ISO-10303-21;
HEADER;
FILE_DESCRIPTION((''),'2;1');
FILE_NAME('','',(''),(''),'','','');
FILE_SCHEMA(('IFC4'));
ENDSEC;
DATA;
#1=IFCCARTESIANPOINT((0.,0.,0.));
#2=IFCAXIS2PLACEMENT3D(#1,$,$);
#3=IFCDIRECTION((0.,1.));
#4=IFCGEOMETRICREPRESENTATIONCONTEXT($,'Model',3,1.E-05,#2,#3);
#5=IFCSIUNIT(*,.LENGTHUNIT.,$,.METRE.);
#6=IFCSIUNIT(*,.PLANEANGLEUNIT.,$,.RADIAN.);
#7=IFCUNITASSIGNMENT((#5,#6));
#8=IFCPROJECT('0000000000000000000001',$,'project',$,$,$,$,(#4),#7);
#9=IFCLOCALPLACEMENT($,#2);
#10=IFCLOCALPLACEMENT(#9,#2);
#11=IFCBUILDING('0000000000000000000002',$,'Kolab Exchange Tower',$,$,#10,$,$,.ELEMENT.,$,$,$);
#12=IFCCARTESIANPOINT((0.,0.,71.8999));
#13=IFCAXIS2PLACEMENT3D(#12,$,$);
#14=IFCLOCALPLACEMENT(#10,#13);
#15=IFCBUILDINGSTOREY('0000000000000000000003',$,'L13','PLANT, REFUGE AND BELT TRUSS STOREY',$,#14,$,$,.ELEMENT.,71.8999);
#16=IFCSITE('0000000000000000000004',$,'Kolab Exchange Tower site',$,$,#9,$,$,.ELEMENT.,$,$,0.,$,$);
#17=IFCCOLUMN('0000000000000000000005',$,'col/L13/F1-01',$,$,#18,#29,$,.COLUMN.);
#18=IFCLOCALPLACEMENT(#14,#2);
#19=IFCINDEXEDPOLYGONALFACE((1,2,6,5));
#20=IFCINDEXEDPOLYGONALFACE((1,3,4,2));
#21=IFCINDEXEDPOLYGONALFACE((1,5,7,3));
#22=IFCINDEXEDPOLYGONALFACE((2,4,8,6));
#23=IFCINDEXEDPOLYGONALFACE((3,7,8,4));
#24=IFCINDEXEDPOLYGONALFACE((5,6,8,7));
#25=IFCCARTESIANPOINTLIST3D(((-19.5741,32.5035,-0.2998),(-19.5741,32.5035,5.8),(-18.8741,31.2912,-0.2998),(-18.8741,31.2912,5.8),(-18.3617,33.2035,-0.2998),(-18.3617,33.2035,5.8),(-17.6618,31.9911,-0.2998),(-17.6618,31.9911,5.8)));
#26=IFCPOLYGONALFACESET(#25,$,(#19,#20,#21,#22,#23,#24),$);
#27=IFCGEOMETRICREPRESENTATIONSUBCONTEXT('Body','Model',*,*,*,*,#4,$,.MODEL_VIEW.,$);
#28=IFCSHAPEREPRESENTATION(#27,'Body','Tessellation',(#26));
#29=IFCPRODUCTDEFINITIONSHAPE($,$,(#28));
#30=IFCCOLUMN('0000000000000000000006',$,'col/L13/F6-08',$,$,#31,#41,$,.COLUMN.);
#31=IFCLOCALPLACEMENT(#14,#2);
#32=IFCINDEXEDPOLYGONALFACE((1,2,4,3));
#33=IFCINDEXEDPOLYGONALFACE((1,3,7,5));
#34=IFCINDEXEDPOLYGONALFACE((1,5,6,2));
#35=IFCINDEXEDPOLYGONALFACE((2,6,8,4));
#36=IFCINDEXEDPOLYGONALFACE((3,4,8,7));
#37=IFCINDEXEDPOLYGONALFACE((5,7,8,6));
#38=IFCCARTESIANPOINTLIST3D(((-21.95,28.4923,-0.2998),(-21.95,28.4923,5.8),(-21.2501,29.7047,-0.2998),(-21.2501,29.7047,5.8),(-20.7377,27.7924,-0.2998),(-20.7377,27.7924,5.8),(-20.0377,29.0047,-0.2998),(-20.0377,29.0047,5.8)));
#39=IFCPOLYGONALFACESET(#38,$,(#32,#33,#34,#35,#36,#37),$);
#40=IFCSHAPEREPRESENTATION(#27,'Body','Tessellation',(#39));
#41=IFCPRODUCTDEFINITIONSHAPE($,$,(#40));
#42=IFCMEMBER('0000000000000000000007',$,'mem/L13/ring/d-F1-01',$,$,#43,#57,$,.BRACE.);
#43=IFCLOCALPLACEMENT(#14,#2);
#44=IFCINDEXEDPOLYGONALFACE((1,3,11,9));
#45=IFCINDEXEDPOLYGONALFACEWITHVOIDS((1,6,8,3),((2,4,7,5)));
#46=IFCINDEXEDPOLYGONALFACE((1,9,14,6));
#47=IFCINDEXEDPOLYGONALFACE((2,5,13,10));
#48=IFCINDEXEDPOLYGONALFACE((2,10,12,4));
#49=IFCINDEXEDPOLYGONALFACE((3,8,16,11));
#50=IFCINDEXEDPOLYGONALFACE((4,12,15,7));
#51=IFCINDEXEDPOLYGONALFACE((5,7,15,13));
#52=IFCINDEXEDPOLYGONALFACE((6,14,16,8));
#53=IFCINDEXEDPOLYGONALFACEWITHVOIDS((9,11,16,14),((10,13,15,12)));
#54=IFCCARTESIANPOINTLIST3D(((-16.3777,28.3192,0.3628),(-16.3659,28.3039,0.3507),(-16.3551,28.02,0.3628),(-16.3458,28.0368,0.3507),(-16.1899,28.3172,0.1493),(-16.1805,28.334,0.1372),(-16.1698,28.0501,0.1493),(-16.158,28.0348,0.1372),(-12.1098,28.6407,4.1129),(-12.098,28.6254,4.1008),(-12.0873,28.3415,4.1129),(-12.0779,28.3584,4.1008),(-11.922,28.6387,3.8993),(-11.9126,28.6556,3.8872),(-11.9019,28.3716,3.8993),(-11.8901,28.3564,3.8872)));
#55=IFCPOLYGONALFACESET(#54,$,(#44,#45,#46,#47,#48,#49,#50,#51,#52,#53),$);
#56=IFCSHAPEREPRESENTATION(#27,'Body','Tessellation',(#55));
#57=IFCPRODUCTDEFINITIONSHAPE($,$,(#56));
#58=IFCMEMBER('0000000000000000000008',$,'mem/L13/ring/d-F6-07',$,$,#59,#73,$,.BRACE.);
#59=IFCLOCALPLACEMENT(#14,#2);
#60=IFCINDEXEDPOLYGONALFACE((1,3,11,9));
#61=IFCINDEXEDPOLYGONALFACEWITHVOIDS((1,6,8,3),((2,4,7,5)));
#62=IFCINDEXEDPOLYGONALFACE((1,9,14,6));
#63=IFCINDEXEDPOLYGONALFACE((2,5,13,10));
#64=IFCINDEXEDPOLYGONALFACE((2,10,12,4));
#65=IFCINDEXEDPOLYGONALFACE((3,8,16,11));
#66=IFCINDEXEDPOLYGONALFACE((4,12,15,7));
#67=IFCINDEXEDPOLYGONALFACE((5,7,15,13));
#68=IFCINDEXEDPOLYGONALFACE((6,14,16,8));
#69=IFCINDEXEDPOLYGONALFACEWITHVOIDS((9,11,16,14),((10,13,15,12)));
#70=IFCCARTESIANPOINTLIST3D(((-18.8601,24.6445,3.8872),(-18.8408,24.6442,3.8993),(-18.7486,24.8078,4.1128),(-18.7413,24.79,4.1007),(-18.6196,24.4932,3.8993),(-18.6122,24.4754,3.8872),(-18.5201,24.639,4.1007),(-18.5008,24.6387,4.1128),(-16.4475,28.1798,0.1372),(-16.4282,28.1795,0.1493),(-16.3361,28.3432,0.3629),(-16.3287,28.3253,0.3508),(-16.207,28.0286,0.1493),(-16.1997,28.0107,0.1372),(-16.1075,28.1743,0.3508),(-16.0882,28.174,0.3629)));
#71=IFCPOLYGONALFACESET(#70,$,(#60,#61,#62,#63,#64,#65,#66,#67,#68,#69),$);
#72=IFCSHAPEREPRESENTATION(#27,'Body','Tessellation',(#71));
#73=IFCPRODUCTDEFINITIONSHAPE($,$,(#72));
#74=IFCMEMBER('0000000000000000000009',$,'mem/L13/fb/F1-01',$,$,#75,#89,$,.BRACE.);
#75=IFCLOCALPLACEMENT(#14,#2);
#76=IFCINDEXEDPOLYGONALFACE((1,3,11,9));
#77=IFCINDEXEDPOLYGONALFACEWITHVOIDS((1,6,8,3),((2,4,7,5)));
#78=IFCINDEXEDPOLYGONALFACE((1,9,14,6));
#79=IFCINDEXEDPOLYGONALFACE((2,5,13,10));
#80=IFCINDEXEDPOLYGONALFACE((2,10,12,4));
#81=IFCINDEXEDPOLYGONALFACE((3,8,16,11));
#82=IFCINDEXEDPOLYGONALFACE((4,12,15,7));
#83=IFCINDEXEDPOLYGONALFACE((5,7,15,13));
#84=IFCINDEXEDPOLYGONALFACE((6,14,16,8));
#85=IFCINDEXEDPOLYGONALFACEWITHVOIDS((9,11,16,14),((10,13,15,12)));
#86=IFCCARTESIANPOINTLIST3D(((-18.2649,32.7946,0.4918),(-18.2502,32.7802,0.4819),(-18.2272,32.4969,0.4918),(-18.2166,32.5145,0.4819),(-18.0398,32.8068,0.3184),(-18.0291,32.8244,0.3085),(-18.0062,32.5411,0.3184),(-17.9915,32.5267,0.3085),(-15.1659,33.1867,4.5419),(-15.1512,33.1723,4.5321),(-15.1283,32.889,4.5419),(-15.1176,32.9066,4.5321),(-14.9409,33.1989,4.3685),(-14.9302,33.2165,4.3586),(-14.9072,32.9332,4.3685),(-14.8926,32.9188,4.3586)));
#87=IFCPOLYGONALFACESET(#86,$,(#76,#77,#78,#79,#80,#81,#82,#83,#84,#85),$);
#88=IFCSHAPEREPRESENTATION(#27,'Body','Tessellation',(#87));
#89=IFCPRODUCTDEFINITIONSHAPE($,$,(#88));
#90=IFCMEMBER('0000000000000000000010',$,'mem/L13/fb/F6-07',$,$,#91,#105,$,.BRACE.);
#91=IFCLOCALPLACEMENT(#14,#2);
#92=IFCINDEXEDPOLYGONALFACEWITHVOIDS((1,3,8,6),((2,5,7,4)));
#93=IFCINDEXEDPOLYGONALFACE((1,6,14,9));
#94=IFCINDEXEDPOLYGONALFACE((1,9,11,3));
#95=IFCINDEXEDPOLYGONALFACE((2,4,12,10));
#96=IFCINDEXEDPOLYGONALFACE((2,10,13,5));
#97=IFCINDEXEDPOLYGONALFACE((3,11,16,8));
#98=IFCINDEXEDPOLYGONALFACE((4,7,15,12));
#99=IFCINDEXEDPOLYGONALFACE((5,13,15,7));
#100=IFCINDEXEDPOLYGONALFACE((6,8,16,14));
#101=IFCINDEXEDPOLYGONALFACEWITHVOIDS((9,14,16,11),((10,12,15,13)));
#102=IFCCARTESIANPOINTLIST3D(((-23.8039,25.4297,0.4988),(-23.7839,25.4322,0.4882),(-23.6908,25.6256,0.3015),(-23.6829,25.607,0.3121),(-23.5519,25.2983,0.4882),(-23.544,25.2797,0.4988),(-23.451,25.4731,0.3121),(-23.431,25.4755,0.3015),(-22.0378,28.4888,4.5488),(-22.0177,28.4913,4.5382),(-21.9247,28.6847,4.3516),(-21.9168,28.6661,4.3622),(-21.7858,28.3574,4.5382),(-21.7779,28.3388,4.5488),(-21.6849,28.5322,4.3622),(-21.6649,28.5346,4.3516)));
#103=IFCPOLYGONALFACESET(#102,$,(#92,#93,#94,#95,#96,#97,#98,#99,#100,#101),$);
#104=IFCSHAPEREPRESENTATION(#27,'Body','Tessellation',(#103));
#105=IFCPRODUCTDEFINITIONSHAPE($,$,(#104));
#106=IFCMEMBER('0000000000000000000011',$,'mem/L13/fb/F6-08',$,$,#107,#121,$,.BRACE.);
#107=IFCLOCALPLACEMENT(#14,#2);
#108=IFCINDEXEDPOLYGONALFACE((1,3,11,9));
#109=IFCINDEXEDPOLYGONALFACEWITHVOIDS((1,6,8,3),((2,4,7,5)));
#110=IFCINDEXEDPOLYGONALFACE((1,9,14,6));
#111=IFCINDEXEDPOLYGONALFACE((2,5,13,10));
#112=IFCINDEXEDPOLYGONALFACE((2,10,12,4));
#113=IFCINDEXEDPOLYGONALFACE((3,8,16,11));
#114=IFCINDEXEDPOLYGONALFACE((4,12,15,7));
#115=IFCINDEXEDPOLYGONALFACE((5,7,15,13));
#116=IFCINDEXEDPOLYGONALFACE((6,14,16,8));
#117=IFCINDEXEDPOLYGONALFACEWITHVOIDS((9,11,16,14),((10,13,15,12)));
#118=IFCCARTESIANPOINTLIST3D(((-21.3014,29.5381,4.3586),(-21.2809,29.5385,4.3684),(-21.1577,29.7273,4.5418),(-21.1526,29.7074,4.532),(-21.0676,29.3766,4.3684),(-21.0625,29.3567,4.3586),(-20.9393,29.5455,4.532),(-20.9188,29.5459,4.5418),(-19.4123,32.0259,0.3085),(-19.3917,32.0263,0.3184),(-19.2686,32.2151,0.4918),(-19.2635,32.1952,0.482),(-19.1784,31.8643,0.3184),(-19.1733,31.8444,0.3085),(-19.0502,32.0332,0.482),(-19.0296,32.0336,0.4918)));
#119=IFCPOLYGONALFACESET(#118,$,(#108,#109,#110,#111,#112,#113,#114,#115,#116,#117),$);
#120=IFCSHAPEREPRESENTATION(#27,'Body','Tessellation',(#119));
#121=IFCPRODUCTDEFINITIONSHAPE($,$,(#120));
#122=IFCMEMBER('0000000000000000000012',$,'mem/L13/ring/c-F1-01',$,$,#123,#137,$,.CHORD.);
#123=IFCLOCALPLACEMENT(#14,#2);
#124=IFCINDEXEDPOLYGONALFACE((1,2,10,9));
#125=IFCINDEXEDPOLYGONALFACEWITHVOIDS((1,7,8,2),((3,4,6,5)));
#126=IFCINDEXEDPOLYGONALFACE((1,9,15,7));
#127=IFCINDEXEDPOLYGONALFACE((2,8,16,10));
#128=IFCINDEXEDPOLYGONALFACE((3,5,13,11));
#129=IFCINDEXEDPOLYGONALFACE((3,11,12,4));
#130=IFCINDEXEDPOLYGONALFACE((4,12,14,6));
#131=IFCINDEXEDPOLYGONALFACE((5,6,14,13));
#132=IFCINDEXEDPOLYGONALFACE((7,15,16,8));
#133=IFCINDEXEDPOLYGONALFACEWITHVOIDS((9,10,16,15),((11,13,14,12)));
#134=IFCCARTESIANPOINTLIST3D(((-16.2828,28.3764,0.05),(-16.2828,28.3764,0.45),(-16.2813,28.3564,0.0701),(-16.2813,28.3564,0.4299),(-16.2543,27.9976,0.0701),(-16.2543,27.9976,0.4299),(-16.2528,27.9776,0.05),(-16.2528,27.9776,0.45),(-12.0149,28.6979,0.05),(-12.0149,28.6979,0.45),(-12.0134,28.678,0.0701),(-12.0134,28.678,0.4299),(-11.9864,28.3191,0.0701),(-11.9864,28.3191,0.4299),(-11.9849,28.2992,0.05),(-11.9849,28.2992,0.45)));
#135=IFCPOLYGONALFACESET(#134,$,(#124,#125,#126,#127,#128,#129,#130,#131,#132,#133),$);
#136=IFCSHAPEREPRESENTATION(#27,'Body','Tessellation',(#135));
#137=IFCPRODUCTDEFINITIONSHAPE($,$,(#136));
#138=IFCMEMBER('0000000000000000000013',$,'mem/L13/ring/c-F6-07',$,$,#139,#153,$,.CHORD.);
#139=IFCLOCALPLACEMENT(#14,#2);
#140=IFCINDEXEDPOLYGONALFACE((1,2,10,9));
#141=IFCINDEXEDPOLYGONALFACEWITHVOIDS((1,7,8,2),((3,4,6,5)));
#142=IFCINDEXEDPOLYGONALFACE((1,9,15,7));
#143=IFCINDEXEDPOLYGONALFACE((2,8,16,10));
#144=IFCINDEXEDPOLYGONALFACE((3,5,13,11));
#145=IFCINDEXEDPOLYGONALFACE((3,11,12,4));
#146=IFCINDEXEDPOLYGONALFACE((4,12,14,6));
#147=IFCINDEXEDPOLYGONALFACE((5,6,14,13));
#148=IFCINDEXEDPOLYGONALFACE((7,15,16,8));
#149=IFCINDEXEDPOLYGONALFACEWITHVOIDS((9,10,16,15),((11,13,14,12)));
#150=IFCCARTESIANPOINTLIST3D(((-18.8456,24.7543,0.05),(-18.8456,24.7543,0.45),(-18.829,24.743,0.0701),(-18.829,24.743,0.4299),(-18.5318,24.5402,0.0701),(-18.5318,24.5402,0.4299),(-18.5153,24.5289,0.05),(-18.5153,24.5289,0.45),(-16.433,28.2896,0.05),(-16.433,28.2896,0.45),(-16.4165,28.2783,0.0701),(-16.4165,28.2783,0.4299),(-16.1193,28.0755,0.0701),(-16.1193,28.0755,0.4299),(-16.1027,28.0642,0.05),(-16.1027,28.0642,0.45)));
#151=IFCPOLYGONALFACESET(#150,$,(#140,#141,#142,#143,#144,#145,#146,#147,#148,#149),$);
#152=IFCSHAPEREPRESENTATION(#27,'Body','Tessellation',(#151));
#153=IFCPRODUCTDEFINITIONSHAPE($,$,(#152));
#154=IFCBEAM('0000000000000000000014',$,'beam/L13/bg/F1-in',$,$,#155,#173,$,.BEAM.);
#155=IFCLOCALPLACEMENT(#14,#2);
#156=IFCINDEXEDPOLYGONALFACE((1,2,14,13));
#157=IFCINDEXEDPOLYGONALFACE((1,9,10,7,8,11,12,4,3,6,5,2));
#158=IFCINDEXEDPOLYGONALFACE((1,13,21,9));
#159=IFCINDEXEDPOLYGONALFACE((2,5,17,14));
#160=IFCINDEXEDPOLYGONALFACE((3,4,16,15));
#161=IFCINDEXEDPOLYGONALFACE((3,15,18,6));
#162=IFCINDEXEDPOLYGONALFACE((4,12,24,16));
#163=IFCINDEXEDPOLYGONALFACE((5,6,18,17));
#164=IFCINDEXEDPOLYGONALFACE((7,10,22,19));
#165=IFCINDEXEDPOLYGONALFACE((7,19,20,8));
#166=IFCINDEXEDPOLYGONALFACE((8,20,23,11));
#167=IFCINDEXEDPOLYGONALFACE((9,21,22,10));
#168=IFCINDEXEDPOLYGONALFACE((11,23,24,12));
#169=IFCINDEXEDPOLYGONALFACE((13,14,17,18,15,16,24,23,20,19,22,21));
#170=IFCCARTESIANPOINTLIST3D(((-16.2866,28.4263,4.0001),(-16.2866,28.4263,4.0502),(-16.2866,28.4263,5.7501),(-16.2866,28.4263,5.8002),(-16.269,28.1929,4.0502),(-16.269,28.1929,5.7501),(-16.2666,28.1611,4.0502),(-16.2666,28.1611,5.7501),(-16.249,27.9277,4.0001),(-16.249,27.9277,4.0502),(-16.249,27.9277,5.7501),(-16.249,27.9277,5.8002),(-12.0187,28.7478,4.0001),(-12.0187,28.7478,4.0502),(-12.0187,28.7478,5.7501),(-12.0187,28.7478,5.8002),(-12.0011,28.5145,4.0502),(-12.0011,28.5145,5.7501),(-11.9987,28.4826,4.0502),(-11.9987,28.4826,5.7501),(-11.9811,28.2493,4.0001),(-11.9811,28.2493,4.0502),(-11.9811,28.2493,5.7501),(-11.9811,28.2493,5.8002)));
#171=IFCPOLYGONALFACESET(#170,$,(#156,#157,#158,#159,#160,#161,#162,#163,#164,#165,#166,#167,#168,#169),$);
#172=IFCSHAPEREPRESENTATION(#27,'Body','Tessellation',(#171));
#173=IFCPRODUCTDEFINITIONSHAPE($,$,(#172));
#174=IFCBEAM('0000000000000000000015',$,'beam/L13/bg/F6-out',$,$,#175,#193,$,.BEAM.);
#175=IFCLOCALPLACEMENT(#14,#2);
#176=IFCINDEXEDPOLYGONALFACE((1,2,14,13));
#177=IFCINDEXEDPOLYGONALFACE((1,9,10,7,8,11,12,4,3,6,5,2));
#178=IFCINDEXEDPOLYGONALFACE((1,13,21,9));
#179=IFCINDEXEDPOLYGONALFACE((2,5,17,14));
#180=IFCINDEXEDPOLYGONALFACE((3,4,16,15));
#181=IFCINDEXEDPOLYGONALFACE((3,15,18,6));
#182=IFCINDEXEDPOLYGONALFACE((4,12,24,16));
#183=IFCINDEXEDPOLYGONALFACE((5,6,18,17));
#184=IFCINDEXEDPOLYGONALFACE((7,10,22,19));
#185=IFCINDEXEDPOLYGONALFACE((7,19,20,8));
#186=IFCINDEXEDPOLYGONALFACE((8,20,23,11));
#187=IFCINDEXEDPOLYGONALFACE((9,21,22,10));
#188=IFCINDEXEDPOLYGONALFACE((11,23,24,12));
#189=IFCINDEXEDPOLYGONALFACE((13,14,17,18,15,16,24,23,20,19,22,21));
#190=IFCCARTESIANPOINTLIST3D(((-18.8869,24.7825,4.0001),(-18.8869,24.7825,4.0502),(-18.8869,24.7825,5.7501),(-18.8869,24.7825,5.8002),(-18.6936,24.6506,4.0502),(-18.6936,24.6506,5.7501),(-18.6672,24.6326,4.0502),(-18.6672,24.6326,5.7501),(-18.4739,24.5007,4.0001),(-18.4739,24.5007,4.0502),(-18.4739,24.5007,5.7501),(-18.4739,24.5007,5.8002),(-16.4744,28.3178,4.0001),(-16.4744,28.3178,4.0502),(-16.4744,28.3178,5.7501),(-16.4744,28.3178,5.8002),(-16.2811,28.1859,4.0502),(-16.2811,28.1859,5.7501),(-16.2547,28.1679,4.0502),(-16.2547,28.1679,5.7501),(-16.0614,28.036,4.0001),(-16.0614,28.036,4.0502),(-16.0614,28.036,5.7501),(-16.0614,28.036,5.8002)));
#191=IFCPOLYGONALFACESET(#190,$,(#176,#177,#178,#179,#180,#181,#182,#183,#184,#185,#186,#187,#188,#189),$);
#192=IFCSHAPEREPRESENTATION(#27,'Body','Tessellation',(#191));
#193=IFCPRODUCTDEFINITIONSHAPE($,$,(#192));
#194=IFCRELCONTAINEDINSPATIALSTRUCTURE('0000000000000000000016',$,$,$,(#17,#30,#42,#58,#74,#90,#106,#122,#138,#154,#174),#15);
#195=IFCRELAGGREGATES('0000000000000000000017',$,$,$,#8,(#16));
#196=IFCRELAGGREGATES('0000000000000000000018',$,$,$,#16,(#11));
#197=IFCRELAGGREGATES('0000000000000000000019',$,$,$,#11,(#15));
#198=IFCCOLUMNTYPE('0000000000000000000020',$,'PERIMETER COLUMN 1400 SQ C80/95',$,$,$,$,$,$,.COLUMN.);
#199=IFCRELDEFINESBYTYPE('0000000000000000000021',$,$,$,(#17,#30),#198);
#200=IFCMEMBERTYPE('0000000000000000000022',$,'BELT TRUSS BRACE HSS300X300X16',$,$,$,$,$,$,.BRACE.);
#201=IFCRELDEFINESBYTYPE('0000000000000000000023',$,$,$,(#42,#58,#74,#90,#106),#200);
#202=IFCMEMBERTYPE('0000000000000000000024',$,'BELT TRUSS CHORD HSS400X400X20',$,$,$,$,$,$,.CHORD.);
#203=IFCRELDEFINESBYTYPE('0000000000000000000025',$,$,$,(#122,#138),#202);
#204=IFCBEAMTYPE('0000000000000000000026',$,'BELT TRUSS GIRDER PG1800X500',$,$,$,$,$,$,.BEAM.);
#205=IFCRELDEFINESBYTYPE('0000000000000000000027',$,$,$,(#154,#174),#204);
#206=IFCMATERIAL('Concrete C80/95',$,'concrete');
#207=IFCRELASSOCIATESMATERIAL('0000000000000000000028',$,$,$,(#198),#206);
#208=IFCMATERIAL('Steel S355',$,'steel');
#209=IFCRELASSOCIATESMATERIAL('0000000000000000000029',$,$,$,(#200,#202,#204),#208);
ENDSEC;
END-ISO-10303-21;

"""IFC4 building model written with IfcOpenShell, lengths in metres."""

from ifc_helpers import new_model, si_unit, direction, frame, origin, origin_2d, place, context, subcontext, project, spatial, rectangle, hollow_rectangle, i_section, extrude, material, material_profile, profile_set, type_object, element, save


model = new_model("IFC4")

# Units and contexts
model_context = context("Model", 3, precision=1e-05, world=origin(), true_north=direction((0.0, 1.0)))
body_context = subcontext(model_context, "Body", "Model", "MODEL_VIEW")
ifc_project = project(units=[si_unit("LENGTHUNIT", "METRE"), si_unit("PLANEANGLEUNIT", "RADIAN")], contexts=[model_context])

# Site, building, storey
site_placement = place(None, origin())
site = spatial("IfcSite", under=ifc_project, at=site_placement, Name="Kolab Exchange Tower site", CompositionType="ELEMENT", RefElevation=0.0)
building_placement = place(site_placement, origin())
building = spatial("IfcBuilding", under=site, at=building_placement, Name="Kolab Exchange Tower", CompositionType="ELEMENT")
storey_placement = place(building_placement, frame((0.0, 0.0, 71.8999)))
storey = spatial("IfcBuildingStorey", under=building, at=storey_placement, Name="L13", Description="PLANT, REFUGE AND BELT TRUSS STOREY", CompositionType="ELEMENT", Elevation=71.8999)

# Columns
ifc_material_1 = material(Name="Concrete C80/95", Category="concrete")
ifc_material_profile_1 = material_profile(ifc_material_1, rectangle(XDim=1.3999, YDim=1.3999, at=origin_2d()), Name="RC1400")
ifc_profile_set_1 = profile_set([ifc_material_profile_1], Name="Concrete C80/95")
column_type = type_object("IfcColumnType", Name="PERIMETER COLUMN 1400 SQ C80/95", PredefinedType="COLUMN", material=ifc_profile_set_1)
for number, where, z_axis, x_axis, name in (
    (1, (-18.6179, 32.2473, -0.2998), (0.0, 0.0, 1.0), (0.866025, 0.5, 0.0), "col/L13/F1-01"),
    (2, (-20.9939, 28.7485, -0.2998), (0.0, 0.0, 1.0), (0.5, 0.866025, 0.0), "col/L13/F6-08"),
):
    element("IfcColumn", number, at=place(storey_placement, frame(where, z_axis=z_axis, x_axis=x_axis)), inside=storey, type_object=column_type, Name=name, PredefinedType="COLUMN", context=body_context, shape_type="SweptSolid", body=[
        extrude(rectangle(XDim=1.3999, YDim=1.3999, at=origin_2d()), origin(), (0.0, 0.0, 1.0), 6.0999),
    ])

# Members
ifc_material_2 = material(Name="Steel S355", Category="steel")
ifc_material_profile_2 = material_profile(ifc_material_2, hollow_rectangle(XDim=0.3, YDim=0.3, WallThickness=0.0161, at=origin_2d()), Name="HSS300X300X16")
ifc_profile_set_2 = profile_set([ifc_material_profile_2], Name="Steel S355")
member_type_1 = type_object("IfcMemberType", Name="BELT TRUSS BRACE HSS300X300X16", PredefinedType="BRACE", material=ifc_profile_set_2)
for number, where, z_axis, x_axis, name in (
    (3, (-16.2678, 28.177, 0.25), (0.750009, 0.056505, 0.659009), (-0.075126, 0.997174, 0.0), "mem/L13/ring/d-F1-01"),
    (4, (-18.6804, 24.6416, 4.0), (0.423967, 0.621277, -0.658989), (-0.825999, 0.563671, 0.0), "mem/L13/ring/d-F6-07"),
):
    element("IfcMember", number, at=place(storey_placement, frame(where, z_axis=z_axis, x_axis=x_axis)), inside=storey, type_object=member_type_1, Name=name, PredefinedType="BRACE", context=body_context, shape_type="SweptSolid", body=[
        extrude(hollow_rectangle(XDim=0.3, YDim=0.3, WallThickness=0.0161, at=origin_2d()), origin(), (0.0, 0.0, 1.0), 5.6904),
    ])
member_1_placement = place(storey_placement, frame((-18.1282, 32.6606, 0.4001), z_axis=(0.605882, 0.07666, 0.791852), x_axis=(-0.125526, 0.99209, 0.0)))
element("IfcMember", 5, at=member_1_placement, inside=storey, type_object=member_type_1, Name="mem/L13/fb/F1-01", PredefinedType="BRACE", context=body_context, shape_type="SweptSolid", body=[
    extrude(hollow_rectangle(XDim=0.3, YDim=0.3, WallThickness=0.0161, at=origin_2d()), origin(), (0.0, 0.0, 1.0), 5.1147),
])
member_2_placement = place(storey_placement, frame((-23.6174, 25.4526, 0.4001), z_axis=(0.328639, 0.569236, 0.753636), x_axis=(-0.866031, 0.49999, 0.0)))
element("IfcMember", 6, at=member_2_placement, inside=storey, type_object=member_type_1, Name="mem/L13/fb/F6-07", PredefinedType="BRACE", context=body_context, shape_type="SweptSolid", body=[
    extrude(hollow_rectangle(XDim=0.3, YDim=0.3, WallThickness=0.0161, at=origin_2d()), origin(), (0.0, 0.0, 1.0), 5.374),
])
member_3_placement = place(storey_placement, frame((-21.1101, 29.542, 4.4502), z_axis=(0.369353, 0.486393, -0.791833), x_axis=(-0.796403, 0.604766, 0.0)))
element("IfcMember", 7, at=member_3_placement, inside=storey, type_object=member_type_1, Name="mem/L13/fb/F6-08", PredefinedType="BRACE", context=body_context, shape_type="SweptSolid", body=[
    extrude(hollow_rectangle(XDim=0.3, YDim=0.3, WallThickness=0.0161, at=origin_2d()), origin(), (0.0, 0.0, 1.0), 5.1147),
])
ifc_material_profile_3 = material_profile(ifc_material_2, hollow_rectangle(XDim=0.3999, YDim=0.3999, WallThickness=0.02, at=origin_2d()), Name="HSS400X400X20")
ifc_profile_set_3 = profile_set([ifc_material_profile_3], Name="Steel S355")
member_type_2 = type_object("IfcMemberType", Name="BELT TRUSS CHORD HSS400X400X20", PredefinedType="CHORD", material=ifc_profile_set_3)
for number, where, z_axis, x_axis, name in (
    (8, (-16.2678, 28.177, 0.25), (0.997174, 0.075126, 0.0), (-0.075126, 0.997174, 0.0), "mem/L13/ring/c-F1-01"),
    (9, (-18.6804, 24.6416, 0.25), (0.563671, 0.825999, 0.0), (-0.825999, 0.563671, 0.0), "mem/L13/ring/c-F6-07"),
):
    element("IfcMember", number, at=place(storey_placement, frame(where, z_axis=z_axis, x_axis=x_axis)), inside=storey, type_object=member_type_2, Name=name, PredefinedType="CHORD", context=body_context, shape_type="SweptSolid", body=[
        extrude(hollow_rectangle(XDim=0.3999, YDim=0.3999, WallThickness=0.02, at=origin_2d()), origin(), (0.0, 0.0, 1.0), 4.28),
    ])

# Beams
ifc_material_profile_4 = material_profile(ifc_material_2, i_section(OverallWidth=0.5, OverallDepth=1.8, WebThickness=0.032, FlangeThickness=0.05, at=origin_2d()), Name="PG1800X500")
ifc_profile_set_4 = profile_set([ifc_material_profile_4], Name="Steel S355")
beam_type_1 = type_object("IfcBeamType", Name="BELT TRUSS GIRDER PG1800X500", PredefinedType="BEAM", material=ifc_profile_set_4)
for number, where, z_axis, x_axis, name in (
    (10, (-16.2678, 28.177, 4.9001), (0.997174, 0.075126, 0.0), (-0.075126, 0.997174, 0.0), "beam/L13/bg/F1-in"),
    (11, (-18.6804, 24.6416, 4.9001), (0.563671, 0.825999, 0.0), (-0.825999, 0.563671, 0.0), "beam/L13/bg/F6-out"),
):
    element("IfcBeam", number, at=place(storey_placement, frame(where, z_axis=z_axis, x_axis=x_axis)), inside=storey, type_object=beam_type_1, Name=name, PredefinedType="BEAM", context=body_context, shape_type="SweptSolid", body=[
        extrude(i_section(OverallWidth=0.5, OverallDepth=1.8, WebThickness=0.032, FlangeThickness=0.05, at=origin_2d()), origin(), (0.0, 0.0, 1.0), 4.28),
    ])

save(model, "model.ifc")
